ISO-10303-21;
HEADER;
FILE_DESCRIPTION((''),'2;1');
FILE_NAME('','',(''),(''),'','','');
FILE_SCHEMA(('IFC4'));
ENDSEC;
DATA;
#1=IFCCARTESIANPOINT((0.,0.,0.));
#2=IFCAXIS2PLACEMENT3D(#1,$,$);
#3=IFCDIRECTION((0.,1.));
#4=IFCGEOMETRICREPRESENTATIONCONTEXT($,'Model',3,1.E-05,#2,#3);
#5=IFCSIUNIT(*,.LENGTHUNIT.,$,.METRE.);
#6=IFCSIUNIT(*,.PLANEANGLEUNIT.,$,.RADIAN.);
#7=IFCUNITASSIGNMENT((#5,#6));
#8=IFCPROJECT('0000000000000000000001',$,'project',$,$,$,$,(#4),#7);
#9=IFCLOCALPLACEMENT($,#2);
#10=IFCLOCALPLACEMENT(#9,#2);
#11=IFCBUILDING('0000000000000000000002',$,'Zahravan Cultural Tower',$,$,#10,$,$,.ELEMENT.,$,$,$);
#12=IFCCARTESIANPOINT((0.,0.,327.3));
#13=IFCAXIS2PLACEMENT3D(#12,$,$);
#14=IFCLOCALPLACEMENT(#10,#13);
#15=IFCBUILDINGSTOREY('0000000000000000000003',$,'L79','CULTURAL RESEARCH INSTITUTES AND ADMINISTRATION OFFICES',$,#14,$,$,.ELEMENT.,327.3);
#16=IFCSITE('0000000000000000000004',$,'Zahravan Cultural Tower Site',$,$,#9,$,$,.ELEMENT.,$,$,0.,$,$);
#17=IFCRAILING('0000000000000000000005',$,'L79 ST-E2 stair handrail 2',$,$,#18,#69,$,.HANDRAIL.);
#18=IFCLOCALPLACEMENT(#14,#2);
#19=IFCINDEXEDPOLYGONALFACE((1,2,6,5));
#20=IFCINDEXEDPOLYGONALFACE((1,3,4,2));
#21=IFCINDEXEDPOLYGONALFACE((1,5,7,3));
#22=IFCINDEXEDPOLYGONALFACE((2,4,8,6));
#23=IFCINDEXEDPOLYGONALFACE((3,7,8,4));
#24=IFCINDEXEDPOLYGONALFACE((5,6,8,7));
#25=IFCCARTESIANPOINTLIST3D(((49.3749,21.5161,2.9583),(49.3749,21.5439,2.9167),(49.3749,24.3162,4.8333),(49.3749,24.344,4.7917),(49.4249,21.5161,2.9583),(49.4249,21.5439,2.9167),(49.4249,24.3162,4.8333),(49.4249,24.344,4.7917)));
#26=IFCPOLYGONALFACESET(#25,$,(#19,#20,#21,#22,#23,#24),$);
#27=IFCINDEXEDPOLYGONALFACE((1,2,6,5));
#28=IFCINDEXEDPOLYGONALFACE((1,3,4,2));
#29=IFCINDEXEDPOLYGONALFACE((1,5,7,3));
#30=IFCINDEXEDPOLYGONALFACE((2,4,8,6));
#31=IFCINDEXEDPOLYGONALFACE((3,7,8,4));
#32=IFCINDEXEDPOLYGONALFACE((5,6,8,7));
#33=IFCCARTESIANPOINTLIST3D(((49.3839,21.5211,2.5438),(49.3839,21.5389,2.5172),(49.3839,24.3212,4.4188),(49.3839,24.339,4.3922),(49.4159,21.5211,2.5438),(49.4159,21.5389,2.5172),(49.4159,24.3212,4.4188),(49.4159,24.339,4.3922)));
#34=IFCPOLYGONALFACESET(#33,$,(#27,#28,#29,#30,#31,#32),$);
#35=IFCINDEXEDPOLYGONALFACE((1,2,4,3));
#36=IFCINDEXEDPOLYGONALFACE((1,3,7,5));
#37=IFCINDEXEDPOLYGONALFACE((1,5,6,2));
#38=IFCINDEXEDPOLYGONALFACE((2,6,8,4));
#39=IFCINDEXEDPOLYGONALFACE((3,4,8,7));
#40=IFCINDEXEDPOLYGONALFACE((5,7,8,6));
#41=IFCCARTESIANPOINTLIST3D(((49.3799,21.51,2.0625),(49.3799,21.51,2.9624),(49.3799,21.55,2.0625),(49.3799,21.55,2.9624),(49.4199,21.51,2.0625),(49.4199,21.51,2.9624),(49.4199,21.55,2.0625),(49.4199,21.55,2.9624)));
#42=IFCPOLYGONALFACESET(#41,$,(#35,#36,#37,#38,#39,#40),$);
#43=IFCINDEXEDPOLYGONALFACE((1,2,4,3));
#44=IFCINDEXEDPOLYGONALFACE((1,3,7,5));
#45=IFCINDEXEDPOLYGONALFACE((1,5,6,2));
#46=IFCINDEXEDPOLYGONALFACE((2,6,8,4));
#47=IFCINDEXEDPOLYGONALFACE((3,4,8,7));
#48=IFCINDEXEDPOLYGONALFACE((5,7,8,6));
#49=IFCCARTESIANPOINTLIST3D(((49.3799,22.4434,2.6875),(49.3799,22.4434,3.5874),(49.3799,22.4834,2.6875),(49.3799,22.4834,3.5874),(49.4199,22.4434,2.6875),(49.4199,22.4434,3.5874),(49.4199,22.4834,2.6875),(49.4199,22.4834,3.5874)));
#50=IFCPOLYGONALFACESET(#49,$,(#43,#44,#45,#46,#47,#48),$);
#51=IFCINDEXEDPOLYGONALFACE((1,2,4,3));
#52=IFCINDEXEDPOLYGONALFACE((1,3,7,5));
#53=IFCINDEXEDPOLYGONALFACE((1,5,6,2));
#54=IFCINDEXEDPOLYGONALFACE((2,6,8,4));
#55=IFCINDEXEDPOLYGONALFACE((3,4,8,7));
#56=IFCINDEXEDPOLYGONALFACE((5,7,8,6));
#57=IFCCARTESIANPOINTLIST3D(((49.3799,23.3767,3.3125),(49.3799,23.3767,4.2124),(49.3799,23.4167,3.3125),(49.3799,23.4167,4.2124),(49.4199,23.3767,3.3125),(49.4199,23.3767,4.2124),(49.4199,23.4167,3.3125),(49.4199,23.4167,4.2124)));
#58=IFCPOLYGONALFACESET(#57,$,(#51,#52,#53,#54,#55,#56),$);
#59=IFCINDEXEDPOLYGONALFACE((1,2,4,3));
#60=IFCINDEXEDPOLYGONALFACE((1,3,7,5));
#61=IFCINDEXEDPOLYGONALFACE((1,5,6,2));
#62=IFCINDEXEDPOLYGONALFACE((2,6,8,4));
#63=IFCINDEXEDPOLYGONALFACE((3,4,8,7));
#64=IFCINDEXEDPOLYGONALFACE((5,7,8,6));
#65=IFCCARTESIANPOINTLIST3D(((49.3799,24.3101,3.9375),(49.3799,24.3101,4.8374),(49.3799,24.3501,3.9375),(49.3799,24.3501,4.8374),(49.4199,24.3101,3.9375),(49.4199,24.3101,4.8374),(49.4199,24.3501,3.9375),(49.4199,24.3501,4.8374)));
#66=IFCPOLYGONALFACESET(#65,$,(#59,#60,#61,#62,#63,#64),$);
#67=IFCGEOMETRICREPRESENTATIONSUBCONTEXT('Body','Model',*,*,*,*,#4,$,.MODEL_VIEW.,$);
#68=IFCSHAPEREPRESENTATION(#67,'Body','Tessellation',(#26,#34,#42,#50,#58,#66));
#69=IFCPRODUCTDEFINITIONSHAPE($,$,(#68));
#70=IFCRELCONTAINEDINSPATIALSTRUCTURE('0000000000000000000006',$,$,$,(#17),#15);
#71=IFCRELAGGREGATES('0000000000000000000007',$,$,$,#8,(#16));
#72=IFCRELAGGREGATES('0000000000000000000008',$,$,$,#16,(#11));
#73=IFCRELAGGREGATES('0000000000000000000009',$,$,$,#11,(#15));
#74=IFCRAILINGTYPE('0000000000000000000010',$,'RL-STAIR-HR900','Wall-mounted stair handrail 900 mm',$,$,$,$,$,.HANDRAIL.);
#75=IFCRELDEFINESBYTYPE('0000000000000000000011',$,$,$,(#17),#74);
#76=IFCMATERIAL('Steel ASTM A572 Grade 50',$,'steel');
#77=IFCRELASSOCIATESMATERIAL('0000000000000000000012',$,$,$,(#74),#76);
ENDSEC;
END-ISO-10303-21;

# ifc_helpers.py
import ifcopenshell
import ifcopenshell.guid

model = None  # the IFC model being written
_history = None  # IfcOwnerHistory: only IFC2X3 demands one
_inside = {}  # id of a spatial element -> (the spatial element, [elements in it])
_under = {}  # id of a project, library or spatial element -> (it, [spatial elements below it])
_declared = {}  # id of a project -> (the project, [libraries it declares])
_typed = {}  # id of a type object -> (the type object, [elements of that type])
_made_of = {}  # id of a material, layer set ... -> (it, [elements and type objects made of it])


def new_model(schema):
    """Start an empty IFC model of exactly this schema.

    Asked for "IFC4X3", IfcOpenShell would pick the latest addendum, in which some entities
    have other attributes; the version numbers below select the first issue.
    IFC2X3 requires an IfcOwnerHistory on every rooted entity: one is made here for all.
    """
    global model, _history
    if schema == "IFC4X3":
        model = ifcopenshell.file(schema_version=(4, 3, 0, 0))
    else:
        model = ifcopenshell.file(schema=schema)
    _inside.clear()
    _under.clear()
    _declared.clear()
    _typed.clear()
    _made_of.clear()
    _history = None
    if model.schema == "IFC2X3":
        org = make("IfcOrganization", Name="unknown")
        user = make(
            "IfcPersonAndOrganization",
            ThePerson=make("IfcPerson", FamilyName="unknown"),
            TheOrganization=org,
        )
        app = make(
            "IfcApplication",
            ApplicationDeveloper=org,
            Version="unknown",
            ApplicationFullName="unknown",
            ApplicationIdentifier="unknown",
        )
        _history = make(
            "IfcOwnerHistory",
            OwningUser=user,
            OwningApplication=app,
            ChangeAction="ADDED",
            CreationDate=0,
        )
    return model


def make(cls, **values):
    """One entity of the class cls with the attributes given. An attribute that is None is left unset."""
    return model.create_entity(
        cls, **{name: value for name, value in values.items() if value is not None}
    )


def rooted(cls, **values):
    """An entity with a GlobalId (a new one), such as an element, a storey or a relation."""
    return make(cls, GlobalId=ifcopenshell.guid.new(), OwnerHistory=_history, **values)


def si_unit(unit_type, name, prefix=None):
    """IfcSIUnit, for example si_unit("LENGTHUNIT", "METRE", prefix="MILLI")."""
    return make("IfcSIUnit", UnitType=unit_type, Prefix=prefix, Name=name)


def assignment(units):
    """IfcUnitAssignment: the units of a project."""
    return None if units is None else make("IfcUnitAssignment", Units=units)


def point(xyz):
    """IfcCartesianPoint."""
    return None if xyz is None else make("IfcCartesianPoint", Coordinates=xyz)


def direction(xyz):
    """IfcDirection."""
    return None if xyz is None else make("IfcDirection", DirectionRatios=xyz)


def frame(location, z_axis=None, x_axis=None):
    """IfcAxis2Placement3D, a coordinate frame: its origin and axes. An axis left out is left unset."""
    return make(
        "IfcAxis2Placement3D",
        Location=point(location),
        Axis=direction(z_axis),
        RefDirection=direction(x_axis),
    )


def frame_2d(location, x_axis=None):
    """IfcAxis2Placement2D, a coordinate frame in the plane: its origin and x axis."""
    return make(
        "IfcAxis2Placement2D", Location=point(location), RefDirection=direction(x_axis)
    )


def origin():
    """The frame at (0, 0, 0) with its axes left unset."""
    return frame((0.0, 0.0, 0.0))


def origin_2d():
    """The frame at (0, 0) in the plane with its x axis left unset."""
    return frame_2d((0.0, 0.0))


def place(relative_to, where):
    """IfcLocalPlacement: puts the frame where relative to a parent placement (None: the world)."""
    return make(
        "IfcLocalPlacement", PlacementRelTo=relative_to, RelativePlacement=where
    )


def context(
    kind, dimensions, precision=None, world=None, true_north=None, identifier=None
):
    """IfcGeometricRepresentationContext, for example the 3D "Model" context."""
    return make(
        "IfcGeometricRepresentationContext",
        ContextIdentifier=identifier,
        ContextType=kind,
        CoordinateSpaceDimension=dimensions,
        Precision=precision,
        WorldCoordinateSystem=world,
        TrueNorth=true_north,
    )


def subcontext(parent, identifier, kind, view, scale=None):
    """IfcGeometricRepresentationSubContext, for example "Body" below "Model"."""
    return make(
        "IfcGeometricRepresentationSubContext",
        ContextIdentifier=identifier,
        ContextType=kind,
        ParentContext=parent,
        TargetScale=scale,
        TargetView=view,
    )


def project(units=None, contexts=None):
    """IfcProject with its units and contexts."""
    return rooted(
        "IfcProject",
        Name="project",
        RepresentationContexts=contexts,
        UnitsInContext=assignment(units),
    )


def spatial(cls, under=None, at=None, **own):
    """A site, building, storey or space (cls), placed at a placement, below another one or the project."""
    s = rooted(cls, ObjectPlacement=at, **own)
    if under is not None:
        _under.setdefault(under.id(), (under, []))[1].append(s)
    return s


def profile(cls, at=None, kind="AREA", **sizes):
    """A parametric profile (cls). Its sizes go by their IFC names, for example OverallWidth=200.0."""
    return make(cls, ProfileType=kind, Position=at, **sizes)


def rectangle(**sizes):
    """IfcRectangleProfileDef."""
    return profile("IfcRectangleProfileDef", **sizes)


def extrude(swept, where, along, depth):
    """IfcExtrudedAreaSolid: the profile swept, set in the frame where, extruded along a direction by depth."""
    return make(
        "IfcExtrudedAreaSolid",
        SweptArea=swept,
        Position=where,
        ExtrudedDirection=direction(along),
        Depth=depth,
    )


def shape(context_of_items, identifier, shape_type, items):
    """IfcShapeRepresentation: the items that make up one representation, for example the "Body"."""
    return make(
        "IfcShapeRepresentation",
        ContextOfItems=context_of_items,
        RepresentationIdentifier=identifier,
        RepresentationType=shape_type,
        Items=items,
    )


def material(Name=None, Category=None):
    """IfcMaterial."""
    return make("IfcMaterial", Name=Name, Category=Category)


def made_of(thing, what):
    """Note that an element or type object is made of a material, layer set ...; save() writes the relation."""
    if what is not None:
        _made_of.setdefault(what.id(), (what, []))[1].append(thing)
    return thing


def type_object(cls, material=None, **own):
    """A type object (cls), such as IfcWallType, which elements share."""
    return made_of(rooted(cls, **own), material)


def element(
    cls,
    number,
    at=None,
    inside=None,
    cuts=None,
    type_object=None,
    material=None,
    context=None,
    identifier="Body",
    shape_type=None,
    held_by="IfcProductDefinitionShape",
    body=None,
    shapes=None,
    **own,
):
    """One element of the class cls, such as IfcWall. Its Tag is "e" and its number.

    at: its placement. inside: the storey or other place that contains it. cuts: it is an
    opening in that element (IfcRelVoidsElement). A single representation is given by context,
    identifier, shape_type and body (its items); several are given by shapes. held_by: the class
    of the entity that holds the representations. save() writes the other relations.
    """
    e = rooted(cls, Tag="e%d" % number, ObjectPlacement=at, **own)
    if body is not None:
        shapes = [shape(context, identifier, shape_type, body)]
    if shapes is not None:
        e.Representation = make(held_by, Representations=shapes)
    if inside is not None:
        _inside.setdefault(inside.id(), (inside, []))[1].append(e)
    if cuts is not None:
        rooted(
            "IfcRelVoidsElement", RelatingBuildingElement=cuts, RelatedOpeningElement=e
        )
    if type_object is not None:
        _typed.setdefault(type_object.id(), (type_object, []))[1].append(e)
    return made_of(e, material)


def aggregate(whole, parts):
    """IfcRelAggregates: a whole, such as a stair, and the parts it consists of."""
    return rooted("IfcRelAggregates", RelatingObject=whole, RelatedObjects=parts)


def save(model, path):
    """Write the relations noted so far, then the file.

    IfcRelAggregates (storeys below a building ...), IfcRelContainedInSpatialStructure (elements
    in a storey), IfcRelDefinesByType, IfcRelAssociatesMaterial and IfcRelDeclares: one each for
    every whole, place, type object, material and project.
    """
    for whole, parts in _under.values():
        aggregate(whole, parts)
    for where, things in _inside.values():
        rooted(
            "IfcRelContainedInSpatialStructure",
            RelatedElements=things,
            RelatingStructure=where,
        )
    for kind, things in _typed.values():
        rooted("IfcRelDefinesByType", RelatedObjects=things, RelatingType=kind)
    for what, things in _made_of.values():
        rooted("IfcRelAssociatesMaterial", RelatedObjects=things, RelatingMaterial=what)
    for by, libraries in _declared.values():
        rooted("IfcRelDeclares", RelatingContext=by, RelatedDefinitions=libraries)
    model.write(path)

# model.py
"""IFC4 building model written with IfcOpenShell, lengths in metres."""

from ifc_helpers import new_model, si_unit, direction, frame, origin, origin_2d, place, context, subcontext, project, spatial, rectangle, extrude, material, type_object, element, save


model = new_model("IFC4")

# Units and contexts
model_context = context("Model", 3, precision=1e-05, world=origin(), true_north=direction((0.0, 1.0)))
body_context = subcontext(model_context, "Body", "Model", "MODEL_VIEW")
ifc_project = project(units=[si_unit("LENGTHUNIT", "METRE"), si_unit("PLANEANGLEUNIT", "RADIAN")], contexts=[model_context])

# Site, building, storey
site_placement = place(None, origin())
site = spatial("IfcSite", under=ifc_project, at=site_placement, Name="Zahravan Cultural Tower Site", CompositionType="ELEMENT", RefElevation=0.0)
building_placement = place(site_placement, origin())
building = spatial("IfcBuilding", under=site, at=building_placement, Name="Zahravan Cultural Tower", CompositionType="ELEMENT")
storey_placement = place(building_placement, frame((0.0, 0.0, 327.3)))
storey = spatial("IfcBuildingStorey", under=building, at=storey_placement, Name="L79", Description="CULTURAL RESEARCH INSTITUTES AND ADMINISTRATION OFFICES", CompositionType="ELEMENT", Elevation=327.3)

# Shared definitions
ifc_material_1 = material(Name="Steel ASTM A572 Grade 50", Category="steel")

# Railing
railing_type_1 = type_object("IfcRailingType", Name="RL-STAIR-HR900", Description="Wall-mounted stair handrail 900 mm", PredefinedType="HANDRAIL", material=ifc_material_1)
railing_1_placement = place(storey_placement, frame((49.3999, 21.53, 2.0625)))
element("IfcRailing", 1, at=railing_1_placement, inside=storey, type_object=railing_type_1, Name="L79 ST-E2 stair handrail 2", PredefinedType="HANDRAIL", context=body_context, shape_type="SweptSolid", body=[
    extrude(rectangle(XDim=0.05, YDim=0.05, at=origin_2d()), frame((0.0, 0.0, 0.875), z_axis=(0.0, 0.830912, 0.556404), x_axis=(-1.0, 0.0, 0.0)), (0.0, 0.0, 1.0), 3.3699),
    extrude(rectangle(XDim=0.032, YDim=0.032, at=origin_2d()), frame((0.0, 0.0, 0.468), z_axis=(0.0, 0.830912, 0.556404), x_axis=(-1.0, 0.0, 0.0)), (0.0, 0.0, 1.0), 3.3699),
    extrude(rectangle(XDim=0.04, YDim=0.04, at=origin_2d()), origin(), (0.0, 0.0, 1.0), 0.8999),
    extrude(rectangle(XDim=0.04, YDim=0.04, at=origin_2d()), frame((0.0, 0.9333, 0.625)), (0.0, 0.0, 1.0), 0.8999),
    extrude(rectangle(XDim=0.04, YDim=0.04, at=origin_2d()), frame((0.0, 1.8667, 1.25)), (0.0, 0.0, 1.0), 0.8999),
    extrude(rectangle(XDim=0.04, YDim=0.04, at=origin_2d()), frame((0.0, 2.8, 1.875)), (0.0, 0.0, 1.0), 0.8999),
])

save(model, "model.ifc")
